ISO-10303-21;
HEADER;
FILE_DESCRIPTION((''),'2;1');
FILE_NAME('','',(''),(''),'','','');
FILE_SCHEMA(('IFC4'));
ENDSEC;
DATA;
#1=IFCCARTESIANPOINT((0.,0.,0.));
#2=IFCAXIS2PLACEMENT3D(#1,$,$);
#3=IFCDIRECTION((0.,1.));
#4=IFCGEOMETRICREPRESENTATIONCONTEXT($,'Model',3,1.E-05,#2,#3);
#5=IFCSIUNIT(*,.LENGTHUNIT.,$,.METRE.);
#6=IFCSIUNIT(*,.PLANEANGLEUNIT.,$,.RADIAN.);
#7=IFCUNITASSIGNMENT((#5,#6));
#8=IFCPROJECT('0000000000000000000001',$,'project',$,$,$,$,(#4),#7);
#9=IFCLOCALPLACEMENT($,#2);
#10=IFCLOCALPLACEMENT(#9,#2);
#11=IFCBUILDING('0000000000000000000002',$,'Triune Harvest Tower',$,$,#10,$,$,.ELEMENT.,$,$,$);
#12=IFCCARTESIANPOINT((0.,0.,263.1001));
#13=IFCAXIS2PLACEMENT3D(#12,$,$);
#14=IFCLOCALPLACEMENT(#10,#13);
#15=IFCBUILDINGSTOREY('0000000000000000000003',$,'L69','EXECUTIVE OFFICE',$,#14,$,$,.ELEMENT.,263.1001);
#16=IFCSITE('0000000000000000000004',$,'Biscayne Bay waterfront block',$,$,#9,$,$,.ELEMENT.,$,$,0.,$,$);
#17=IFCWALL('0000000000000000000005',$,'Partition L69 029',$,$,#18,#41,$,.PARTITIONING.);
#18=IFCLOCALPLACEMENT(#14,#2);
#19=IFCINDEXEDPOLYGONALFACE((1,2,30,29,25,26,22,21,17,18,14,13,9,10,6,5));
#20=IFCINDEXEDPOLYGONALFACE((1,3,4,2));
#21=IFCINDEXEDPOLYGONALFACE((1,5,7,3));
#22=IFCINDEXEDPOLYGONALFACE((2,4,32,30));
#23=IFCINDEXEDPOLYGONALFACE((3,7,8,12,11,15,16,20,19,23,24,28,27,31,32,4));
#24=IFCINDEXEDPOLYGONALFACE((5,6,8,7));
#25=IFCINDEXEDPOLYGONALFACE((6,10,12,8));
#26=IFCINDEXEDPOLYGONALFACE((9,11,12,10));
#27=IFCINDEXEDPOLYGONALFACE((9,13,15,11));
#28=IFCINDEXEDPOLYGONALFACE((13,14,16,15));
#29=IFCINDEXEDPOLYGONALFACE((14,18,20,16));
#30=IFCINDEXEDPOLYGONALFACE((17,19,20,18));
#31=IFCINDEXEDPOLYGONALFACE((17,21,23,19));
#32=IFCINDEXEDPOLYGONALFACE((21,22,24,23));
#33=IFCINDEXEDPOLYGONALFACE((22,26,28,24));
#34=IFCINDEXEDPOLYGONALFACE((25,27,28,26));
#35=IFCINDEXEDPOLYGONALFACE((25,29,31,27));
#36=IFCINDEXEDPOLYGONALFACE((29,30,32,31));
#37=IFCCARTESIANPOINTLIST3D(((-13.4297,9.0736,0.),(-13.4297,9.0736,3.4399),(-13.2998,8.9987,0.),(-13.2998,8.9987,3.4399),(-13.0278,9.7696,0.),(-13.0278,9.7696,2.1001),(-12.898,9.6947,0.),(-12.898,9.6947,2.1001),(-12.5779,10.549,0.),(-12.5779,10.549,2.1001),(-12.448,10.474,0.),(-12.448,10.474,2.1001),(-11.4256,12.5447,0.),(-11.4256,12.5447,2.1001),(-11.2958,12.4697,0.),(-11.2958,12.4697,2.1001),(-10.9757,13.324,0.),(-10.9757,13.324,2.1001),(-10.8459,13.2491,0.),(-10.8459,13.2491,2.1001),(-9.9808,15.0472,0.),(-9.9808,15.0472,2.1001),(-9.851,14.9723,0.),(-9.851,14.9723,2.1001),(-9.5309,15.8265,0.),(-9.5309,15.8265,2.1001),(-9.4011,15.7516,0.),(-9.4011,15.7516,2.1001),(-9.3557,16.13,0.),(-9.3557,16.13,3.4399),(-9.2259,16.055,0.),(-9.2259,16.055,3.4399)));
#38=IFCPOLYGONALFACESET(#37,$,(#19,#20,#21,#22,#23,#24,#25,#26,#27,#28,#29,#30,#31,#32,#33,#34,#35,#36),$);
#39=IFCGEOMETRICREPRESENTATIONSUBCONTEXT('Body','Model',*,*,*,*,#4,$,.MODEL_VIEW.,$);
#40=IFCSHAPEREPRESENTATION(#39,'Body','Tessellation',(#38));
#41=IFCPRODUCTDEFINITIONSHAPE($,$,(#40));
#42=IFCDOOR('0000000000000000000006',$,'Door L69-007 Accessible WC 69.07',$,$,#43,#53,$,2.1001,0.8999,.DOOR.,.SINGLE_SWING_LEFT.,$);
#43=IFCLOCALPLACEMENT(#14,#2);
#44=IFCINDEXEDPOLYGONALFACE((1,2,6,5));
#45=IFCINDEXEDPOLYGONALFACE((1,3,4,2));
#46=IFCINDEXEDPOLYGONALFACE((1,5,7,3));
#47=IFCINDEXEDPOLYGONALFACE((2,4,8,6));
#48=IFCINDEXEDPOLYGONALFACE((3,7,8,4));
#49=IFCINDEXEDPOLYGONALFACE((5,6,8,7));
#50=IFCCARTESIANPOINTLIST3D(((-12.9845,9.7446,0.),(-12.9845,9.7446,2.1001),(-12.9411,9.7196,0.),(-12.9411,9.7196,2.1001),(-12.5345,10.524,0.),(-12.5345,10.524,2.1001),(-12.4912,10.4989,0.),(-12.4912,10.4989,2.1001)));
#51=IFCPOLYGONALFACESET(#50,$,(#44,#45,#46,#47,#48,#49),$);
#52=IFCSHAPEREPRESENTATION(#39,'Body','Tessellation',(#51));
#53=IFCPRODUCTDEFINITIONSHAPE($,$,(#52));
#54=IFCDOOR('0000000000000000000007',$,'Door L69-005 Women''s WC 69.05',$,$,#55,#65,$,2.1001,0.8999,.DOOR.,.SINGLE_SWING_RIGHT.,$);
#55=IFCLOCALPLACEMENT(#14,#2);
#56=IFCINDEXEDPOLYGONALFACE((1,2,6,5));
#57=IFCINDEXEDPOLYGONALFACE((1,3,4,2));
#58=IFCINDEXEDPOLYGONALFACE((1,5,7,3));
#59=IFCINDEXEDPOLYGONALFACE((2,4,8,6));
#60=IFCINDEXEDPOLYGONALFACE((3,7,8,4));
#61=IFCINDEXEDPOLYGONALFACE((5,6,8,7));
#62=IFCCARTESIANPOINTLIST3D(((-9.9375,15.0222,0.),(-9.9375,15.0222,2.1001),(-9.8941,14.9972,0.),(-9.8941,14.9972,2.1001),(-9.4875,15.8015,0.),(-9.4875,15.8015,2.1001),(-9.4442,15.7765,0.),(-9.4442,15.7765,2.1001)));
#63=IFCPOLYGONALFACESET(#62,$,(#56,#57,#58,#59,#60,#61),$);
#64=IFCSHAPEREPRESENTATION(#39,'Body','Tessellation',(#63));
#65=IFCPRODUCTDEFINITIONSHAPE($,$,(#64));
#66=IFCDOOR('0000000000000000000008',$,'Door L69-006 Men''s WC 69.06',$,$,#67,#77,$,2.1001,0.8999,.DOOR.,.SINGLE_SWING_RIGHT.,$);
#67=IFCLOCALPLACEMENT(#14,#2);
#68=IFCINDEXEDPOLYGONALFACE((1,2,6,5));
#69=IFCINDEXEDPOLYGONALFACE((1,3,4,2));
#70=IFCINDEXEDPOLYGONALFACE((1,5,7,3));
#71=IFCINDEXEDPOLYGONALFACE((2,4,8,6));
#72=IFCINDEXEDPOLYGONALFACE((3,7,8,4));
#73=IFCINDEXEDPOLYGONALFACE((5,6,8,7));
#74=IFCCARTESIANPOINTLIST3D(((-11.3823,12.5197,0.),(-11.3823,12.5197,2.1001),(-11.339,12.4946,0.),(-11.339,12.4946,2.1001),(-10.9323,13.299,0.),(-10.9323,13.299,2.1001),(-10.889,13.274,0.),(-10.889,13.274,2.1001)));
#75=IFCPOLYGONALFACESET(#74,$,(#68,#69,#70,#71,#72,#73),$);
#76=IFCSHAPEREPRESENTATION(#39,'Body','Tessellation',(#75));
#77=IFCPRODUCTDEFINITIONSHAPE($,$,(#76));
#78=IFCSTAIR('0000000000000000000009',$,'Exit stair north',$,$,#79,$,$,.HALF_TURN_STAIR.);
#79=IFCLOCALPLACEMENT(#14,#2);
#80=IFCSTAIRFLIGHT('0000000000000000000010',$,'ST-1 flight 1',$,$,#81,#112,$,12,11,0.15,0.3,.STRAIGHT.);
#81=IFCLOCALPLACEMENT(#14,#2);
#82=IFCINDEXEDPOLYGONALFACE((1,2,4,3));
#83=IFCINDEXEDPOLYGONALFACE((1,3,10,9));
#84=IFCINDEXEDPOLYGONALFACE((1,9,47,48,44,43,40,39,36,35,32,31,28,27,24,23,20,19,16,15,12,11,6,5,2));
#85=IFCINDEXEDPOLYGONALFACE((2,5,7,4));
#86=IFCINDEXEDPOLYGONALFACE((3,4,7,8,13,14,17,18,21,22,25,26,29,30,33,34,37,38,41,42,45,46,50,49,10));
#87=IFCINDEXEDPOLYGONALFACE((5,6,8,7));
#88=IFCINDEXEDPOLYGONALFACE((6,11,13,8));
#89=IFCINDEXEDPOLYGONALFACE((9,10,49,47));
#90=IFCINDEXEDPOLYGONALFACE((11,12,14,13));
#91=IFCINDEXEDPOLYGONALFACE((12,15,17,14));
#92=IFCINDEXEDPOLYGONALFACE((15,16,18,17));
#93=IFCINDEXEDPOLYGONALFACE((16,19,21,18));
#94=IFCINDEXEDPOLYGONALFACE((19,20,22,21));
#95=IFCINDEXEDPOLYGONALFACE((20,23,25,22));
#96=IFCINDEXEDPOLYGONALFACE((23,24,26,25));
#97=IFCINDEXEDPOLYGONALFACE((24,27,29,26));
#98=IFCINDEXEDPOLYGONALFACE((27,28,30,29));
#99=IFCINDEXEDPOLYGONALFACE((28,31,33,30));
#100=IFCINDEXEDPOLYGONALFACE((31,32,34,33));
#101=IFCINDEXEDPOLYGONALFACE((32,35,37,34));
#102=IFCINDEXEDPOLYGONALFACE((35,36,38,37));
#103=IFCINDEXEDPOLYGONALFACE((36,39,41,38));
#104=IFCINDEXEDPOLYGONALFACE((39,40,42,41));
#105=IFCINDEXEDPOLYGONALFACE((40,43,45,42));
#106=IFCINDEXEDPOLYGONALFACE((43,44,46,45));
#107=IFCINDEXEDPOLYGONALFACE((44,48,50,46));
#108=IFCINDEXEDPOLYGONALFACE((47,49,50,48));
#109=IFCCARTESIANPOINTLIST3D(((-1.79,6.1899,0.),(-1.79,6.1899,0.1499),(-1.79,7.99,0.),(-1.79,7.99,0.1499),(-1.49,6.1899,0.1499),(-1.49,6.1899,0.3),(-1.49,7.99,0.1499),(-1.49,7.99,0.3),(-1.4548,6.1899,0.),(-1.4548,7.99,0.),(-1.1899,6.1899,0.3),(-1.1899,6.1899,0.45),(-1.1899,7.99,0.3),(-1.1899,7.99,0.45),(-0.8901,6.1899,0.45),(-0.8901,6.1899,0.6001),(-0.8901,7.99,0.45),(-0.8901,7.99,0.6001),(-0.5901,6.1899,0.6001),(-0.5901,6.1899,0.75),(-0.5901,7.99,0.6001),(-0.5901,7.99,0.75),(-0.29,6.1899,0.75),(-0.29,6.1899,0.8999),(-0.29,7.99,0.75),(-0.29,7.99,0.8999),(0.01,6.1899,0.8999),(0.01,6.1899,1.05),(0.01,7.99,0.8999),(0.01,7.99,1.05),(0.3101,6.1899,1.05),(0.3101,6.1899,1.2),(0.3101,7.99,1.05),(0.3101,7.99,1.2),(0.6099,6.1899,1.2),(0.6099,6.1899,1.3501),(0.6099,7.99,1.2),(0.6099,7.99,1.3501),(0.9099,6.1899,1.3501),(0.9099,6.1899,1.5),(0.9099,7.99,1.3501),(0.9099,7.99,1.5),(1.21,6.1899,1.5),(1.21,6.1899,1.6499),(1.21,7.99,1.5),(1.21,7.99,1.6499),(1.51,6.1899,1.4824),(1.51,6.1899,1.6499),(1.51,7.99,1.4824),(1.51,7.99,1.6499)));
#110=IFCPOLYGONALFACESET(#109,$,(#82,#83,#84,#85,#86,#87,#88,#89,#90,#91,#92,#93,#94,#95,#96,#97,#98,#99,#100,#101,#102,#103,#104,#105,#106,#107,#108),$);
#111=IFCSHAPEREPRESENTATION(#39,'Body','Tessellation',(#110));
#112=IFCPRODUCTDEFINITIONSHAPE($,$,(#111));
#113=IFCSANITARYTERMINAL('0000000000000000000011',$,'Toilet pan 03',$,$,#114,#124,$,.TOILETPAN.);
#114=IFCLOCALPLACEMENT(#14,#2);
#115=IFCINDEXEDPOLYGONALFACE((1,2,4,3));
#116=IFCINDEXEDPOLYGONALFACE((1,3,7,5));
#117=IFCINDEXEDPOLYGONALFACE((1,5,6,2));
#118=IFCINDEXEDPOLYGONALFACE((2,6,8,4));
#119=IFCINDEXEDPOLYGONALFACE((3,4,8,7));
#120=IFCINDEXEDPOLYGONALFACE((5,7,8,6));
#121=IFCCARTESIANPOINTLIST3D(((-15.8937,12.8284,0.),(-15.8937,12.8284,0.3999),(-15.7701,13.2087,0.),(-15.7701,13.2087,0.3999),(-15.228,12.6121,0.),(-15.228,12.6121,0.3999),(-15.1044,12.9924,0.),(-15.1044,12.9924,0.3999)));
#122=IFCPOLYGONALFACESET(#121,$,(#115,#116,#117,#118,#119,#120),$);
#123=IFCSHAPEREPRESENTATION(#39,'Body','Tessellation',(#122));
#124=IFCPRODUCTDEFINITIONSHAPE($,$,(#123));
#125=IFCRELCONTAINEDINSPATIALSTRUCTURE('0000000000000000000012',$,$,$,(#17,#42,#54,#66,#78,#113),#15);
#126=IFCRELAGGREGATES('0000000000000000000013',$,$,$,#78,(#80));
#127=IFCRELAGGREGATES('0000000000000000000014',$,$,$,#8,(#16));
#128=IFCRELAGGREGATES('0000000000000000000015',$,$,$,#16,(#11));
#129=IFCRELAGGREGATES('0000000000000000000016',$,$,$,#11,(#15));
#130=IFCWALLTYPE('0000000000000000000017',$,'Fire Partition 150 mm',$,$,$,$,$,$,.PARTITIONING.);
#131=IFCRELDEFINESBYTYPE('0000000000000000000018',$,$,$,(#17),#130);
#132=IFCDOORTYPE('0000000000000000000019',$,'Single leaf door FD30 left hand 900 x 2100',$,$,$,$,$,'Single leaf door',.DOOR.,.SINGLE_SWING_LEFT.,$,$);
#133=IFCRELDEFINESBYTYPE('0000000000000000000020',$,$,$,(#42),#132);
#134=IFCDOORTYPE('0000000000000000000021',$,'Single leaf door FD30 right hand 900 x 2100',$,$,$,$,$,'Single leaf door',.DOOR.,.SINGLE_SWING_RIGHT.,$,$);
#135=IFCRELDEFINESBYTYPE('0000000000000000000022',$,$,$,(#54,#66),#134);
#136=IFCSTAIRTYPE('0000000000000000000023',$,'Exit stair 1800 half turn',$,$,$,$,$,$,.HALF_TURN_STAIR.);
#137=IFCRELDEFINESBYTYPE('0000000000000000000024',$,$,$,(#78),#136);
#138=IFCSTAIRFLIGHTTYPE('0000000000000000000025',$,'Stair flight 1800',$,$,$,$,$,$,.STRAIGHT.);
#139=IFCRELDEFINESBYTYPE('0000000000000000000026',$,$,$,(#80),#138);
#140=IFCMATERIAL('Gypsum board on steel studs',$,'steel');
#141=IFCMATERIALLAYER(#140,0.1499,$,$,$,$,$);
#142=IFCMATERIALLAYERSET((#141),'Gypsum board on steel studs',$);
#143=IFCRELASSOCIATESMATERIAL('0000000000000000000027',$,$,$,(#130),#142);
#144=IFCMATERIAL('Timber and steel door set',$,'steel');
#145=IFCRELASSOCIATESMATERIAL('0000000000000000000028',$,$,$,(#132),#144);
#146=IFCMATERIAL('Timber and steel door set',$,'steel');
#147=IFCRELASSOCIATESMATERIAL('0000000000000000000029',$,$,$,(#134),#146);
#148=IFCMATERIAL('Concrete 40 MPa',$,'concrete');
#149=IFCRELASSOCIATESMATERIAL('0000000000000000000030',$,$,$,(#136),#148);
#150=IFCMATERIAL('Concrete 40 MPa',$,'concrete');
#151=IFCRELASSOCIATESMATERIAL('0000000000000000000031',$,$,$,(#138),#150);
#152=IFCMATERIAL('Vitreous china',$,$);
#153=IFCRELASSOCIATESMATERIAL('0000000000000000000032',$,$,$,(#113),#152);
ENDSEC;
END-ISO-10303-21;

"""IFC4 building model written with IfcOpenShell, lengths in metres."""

from ifc_helpers import new_model, si_unit, direction, frame, frame_2d, origin, origin_2d, place, context, subcontext, project, spatial, polyline, rectangle, outline, extrude, source, transform, mapped, material, layer, layer_set, type_object, element, fill, aggregate, save


model = new_model("IFC4")

# Units and contexts
model_context = context("Model", 3, precision=1e-05, world=origin(), true_north=direction((0.0, 1.0)))
body_context = subcontext(model_context, "Body", "Model", "MODEL_VIEW")
ifc_project = project(units=[si_unit("LENGTHUNIT", "METRE"), si_unit("PLANEANGLEUNIT", "RADIAN")], contexts=[model_context])

# Site, building, storey
site_placement = place(None, origin())
site = spatial("IfcSite", under=ifc_project, at=site_placement, Name="Biscayne Bay waterfront block", CompositionType="ELEMENT", RefElevation=0.0)
building_placement = place(site_placement, origin())
building = spatial("IfcBuilding", under=site, at=building_placement, Name="Triune Harvest Tower", CompositionType="ELEMENT")
storey_placement = place(building_placement, frame((0.0, 0.0, 263.1001)))
storey = spatial("IfcBuildingStorey", under=building, at=storey_placement, Name="L69", Description="EXECUTIVE OFFICE", CompositionType="ELEMENT", Elevation=263.1001)

# Shared definitions
ifc_material_1 = material(Name="Gypsum board on steel studs", Category="steel")
ifc_layer_1 = layer(ifc_material_1, 0.1499)
ifc_layer_set_1 = layer_set([ifc_layer_1], Name="Gypsum board on steel studs")
wall_type_1 = type_object("IfcWallType", Name="Fire Partition 150 mm", PredefinedType="PARTITIONING", material=ifc_layer_set_1)

# Wall, openings, doors
shared_shape_1 = source(origin(), body_context, "Body", "SweptSolid", [
    extrude(rectangle(XDim=8.1479, YDim=0.1499, at=frame_2d((4.074, 0.0))), origin(), (0.0, 0.0, 1.0), 3.4399),
])
wall_1_placement = place(storey_placement, frame((-13.3647, 9.0361, 0.0), z_axis=(0.0, 0.0, 1.0), x_axis=(0.499997, 0.866027, 0.0)))
wall_1 = element("IfcWall", 1, at=wall_1_placement, inside=storey, type_object=wall_type_1, Name="Partition L69 029", PredefinedType="PARTITIONING", context=body_context, shape_type="MappedRepresentation", body=[
    mapped(shared_shape_1, transform((0.0, 0.0, 0.0), scale=1.0)),
])
opening_1_placement = place(wall_1_placement, frame((6.8977, 0.0, 0.0)))
opening_1 = element("IfcOpeningElement", 2, at=opening_1_placement, cuts=wall_1, PredefinedType="OPENING", context=body_context, shape_type="SweptSolid", body=[
    extrude(rectangle(XDim=0.8999, YDim=2.1001, at=frame_2d((0.45, 1.05))), frame((0.0, 0.085, 0.0), z_axis=(0.0, -1.0, 0.0), x_axis=(1.0, 0.0, 0.0)), (0.0, 0.0, 1.0), 0.1699),
])
opening_2_placement = place(wall_1_placement, frame((4.0081, 0.0, 0.0)))
opening_2 = element("IfcOpeningElement", 3, at=opening_2_placement, cuts=wall_1, PredefinedType="OPENING", context=body_context, shape_type="SweptSolid", body=[
    extrude(rectangle(XDim=0.8999, YDim=2.1001, at=frame_2d((0.45, 1.05))), frame((0.0, 0.085, 0.0), z_axis=(0.0, -1.0, 0.0), x_axis=(1.0, 0.0, 0.0)), (0.0, 0.0, 1.0), 0.1699),
])
opening_3_placement = place(wall_1_placement, frame((0.8037, 0.0, 0.0)))
opening_3 = element("IfcOpeningElement", 4, at=opening_3_placement, cuts=wall_1, PredefinedType="OPENING", context=body_context, shape_type="SweptSolid", body=[
    extrude(rectangle(XDim=0.8999, YDim=2.1001, at=frame_2d((0.45, 1.05))), frame((0.0, 0.085, 0.0), z_axis=(0.0, -1.0, 0.0), x_axis=(1.0, 0.0, 0.0)), (0.0, 0.0, 1.0), 0.1699),
])
ifc_material_2 = material(Name="Timber and steel door set", Category="steel")
door_type_1 = type_object("IfcDoorType", Name="Single leaf door FD30 left hand 900 x 2100", ElementType="Single leaf door", OperationType="SINGLE_SWING_LEFT", PredefinedType="DOOR", material=ifc_material_2)
door_1_placement = place(opening_3_placement, origin())
door_1 = element("IfcDoor", 5, at=door_1_placement, inside=storey, type_object=door_type_1, Name="Door L69-007 Accessible WC 69.07", OperationType="SINGLE_SWING_LEFT", OverallHeight=2.1001, OverallWidth=0.8999, PredefinedType="DOOR", context=body_context, shape_type="SweptSolid", body=[
    extrude(rectangle(XDim=0.8999, YDim=2.1001, at=frame_2d((0.45, 1.05))), frame((0.0, 0.0249, 0.0), z_axis=(0.0, -1.0, 0.0), x_axis=(1.0, 0.0, 0.0)), (0.0, 0.0, 1.0), 0.05),
])
fill(opening_3, door_1)
ifc_material_3 = material(Name="Timber and steel door set", Category="steel")
door_type_2 = type_object("IfcDoorType", Name="Single leaf door FD30 right hand 900 x 2100", ElementType="Single leaf door", OperationType="SINGLE_SWING_RIGHT", PredefinedType="DOOR", material=ifc_material_3)
door_2_placement = place(opening_1_placement, origin())
door_2 = element("IfcDoor", 6, at=door_2_placement, inside=storey, type_object=door_type_2, Name="Door L69-005 Women's WC 69.05", OperationType="SINGLE_SWING_RIGHT", OverallHeight=2.1001, OverallWidth=0.8999, PredefinedType="DOOR", context=body_context, shape_type="SweptSolid", body=[
    extrude(rectangle(XDim=0.8999, YDim=2.1001, at=frame_2d((0.45, 1.05))), frame((0.0, 0.0249, 0.0), z_axis=(0.0, -1.0, 0.0), x_axis=(1.0, 0.0, 0.0)), (0.0, 0.0, 1.0), 0.05),
])
fill(opening_1, door_2)
door_3_placement = place(opening_2_placement, origin())
door_3 = element("IfcDoor", 7, at=door_3_placement, inside=storey, type_object=door_type_2, Name="Door L69-006 Men's WC 69.06", OperationType="SINGLE_SWING_RIGHT", OverallHeight=2.1001, OverallWidth=0.8999, PredefinedType="DOOR", context=body_context, shape_type="SweptSolid", body=[
    extrude(rectangle(XDim=0.8999, YDim=2.1001, at=frame_2d((0.45, 1.05))), frame((0.0, 0.0249, 0.0), z_axis=(0.0, -1.0, 0.0), x_axis=(1.0, 0.0, 0.0)), (0.0, 0.0, 1.0), 0.05),
])
fill(opening_2, door_3)

# Stair, stair flight
ifc_material_4 = material(Name="Concrete 40 MPa", Category="concrete")
stair_type = type_object("IfcStairType", Name="Exit stair 1800 half turn", PredefinedType="HALF_TURN_STAIR", material=ifc_material_4)
stair_placement = place(storey_placement, origin())
stair = element("IfcStair", 8, at=stair_placement, inside=storey, type_object=stair_type, Name="Exit stair north", PredefinedType="HALF_TURN_STAIR")
ifc_material_5 = material(Name="Concrete 40 MPa", Category="concrete")
stair_flight_type = type_object("IfcStairFlightType", Name="Stair flight 1800", PredefinedType="STRAIGHT", material=ifc_material_5)
shared_shape_2 = source(origin(), body_context, "Body", "SweptSolid", [
    extrude(outline(polyline([(0.0, 0.0), (0.0, 0.1499), (0.3, 0.1499), (0.3, 0.3), (0.6001, 0.3), (0.6001, 0.45), (0.8999, 0.45), (0.8999, 0.6001), (1.2, 0.6001), (1.2, 0.75), (1.5, 0.75), (1.5, 0.8999), (1.8, 0.8999), (1.8, 1.05), (2.1001, 1.05), (2.1001, 1.2), (2.3999, 1.2), (2.3999, 1.3501), (2.7, 1.3501), (2.7, 1.5), (3.0, 1.5), (3.0, 1.6499), (3.3, 1.6499), (3.3, 1.8), (3.3, 1.4824), (0.3352, 0.0), (0.0, 0.0)])), frame((0.0, 0.8999, 0.0), z_axis=(0.0, -1.0, 0.0), x_axis=(1.0, 0.0, 0.0)), (0.0, 0.0, 1.0), 1.8),
])
stair_flight_placement = place(storey_placement, frame((-1.79, 7.0901, 0.0), z_axis=(0.0, 0.0, 1.0), x_axis=(1.0, 0.0, 0.0)))
stair_flight = element("IfcStairFlight", 9, at=stair_flight_placement, type_object=stair_flight_type, Name="ST-1 flight 1", NumberOfRisers=12, NumberOfTreads=11, PredefinedType="STRAIGHT", RiserHeight=0.15, TreadLength=0.3, context=body_context, shape_type="MappedRepresentation", body=[
    mapped(shared_shape_2, transform((0.0, 0.0, 0.0), scale=1.0)),
])
aggregate(stair, [stair_flight])

# Sanitary terminal
ifc_material_6 = material(Name="Vitreous china")
shared_shape_3 = source(origin(), body_context, "Body", "SweptSolid", [
    extrude(rectangle(XDim=0.3999, YDim=0.7, at=origin_2d()), origin(), (0.0, 0.0, 1.0), 0.3999),
])
sanitary_terminal_placement = place(storey_placement, frame((-15.499, 12.9104, 0.0), z_axis=(0.0, 0.0, 1.0), x_axis=(0.309, 0.951062, 0.0)))
element("IfcSanitaryTerminal", 10, at=sanitary_terminal_placement, inside=storey, material=ifc_material_6, Name="Toilet pan 03", PredefinedType="TOILETPAN", context=body_context, shape_type="MappedRepresentation", body=[
    mapped(shared_shape_3, transform((0.0, 0.0, 0.0), scale=1.0)),
])

save(model, "model.ifc")
